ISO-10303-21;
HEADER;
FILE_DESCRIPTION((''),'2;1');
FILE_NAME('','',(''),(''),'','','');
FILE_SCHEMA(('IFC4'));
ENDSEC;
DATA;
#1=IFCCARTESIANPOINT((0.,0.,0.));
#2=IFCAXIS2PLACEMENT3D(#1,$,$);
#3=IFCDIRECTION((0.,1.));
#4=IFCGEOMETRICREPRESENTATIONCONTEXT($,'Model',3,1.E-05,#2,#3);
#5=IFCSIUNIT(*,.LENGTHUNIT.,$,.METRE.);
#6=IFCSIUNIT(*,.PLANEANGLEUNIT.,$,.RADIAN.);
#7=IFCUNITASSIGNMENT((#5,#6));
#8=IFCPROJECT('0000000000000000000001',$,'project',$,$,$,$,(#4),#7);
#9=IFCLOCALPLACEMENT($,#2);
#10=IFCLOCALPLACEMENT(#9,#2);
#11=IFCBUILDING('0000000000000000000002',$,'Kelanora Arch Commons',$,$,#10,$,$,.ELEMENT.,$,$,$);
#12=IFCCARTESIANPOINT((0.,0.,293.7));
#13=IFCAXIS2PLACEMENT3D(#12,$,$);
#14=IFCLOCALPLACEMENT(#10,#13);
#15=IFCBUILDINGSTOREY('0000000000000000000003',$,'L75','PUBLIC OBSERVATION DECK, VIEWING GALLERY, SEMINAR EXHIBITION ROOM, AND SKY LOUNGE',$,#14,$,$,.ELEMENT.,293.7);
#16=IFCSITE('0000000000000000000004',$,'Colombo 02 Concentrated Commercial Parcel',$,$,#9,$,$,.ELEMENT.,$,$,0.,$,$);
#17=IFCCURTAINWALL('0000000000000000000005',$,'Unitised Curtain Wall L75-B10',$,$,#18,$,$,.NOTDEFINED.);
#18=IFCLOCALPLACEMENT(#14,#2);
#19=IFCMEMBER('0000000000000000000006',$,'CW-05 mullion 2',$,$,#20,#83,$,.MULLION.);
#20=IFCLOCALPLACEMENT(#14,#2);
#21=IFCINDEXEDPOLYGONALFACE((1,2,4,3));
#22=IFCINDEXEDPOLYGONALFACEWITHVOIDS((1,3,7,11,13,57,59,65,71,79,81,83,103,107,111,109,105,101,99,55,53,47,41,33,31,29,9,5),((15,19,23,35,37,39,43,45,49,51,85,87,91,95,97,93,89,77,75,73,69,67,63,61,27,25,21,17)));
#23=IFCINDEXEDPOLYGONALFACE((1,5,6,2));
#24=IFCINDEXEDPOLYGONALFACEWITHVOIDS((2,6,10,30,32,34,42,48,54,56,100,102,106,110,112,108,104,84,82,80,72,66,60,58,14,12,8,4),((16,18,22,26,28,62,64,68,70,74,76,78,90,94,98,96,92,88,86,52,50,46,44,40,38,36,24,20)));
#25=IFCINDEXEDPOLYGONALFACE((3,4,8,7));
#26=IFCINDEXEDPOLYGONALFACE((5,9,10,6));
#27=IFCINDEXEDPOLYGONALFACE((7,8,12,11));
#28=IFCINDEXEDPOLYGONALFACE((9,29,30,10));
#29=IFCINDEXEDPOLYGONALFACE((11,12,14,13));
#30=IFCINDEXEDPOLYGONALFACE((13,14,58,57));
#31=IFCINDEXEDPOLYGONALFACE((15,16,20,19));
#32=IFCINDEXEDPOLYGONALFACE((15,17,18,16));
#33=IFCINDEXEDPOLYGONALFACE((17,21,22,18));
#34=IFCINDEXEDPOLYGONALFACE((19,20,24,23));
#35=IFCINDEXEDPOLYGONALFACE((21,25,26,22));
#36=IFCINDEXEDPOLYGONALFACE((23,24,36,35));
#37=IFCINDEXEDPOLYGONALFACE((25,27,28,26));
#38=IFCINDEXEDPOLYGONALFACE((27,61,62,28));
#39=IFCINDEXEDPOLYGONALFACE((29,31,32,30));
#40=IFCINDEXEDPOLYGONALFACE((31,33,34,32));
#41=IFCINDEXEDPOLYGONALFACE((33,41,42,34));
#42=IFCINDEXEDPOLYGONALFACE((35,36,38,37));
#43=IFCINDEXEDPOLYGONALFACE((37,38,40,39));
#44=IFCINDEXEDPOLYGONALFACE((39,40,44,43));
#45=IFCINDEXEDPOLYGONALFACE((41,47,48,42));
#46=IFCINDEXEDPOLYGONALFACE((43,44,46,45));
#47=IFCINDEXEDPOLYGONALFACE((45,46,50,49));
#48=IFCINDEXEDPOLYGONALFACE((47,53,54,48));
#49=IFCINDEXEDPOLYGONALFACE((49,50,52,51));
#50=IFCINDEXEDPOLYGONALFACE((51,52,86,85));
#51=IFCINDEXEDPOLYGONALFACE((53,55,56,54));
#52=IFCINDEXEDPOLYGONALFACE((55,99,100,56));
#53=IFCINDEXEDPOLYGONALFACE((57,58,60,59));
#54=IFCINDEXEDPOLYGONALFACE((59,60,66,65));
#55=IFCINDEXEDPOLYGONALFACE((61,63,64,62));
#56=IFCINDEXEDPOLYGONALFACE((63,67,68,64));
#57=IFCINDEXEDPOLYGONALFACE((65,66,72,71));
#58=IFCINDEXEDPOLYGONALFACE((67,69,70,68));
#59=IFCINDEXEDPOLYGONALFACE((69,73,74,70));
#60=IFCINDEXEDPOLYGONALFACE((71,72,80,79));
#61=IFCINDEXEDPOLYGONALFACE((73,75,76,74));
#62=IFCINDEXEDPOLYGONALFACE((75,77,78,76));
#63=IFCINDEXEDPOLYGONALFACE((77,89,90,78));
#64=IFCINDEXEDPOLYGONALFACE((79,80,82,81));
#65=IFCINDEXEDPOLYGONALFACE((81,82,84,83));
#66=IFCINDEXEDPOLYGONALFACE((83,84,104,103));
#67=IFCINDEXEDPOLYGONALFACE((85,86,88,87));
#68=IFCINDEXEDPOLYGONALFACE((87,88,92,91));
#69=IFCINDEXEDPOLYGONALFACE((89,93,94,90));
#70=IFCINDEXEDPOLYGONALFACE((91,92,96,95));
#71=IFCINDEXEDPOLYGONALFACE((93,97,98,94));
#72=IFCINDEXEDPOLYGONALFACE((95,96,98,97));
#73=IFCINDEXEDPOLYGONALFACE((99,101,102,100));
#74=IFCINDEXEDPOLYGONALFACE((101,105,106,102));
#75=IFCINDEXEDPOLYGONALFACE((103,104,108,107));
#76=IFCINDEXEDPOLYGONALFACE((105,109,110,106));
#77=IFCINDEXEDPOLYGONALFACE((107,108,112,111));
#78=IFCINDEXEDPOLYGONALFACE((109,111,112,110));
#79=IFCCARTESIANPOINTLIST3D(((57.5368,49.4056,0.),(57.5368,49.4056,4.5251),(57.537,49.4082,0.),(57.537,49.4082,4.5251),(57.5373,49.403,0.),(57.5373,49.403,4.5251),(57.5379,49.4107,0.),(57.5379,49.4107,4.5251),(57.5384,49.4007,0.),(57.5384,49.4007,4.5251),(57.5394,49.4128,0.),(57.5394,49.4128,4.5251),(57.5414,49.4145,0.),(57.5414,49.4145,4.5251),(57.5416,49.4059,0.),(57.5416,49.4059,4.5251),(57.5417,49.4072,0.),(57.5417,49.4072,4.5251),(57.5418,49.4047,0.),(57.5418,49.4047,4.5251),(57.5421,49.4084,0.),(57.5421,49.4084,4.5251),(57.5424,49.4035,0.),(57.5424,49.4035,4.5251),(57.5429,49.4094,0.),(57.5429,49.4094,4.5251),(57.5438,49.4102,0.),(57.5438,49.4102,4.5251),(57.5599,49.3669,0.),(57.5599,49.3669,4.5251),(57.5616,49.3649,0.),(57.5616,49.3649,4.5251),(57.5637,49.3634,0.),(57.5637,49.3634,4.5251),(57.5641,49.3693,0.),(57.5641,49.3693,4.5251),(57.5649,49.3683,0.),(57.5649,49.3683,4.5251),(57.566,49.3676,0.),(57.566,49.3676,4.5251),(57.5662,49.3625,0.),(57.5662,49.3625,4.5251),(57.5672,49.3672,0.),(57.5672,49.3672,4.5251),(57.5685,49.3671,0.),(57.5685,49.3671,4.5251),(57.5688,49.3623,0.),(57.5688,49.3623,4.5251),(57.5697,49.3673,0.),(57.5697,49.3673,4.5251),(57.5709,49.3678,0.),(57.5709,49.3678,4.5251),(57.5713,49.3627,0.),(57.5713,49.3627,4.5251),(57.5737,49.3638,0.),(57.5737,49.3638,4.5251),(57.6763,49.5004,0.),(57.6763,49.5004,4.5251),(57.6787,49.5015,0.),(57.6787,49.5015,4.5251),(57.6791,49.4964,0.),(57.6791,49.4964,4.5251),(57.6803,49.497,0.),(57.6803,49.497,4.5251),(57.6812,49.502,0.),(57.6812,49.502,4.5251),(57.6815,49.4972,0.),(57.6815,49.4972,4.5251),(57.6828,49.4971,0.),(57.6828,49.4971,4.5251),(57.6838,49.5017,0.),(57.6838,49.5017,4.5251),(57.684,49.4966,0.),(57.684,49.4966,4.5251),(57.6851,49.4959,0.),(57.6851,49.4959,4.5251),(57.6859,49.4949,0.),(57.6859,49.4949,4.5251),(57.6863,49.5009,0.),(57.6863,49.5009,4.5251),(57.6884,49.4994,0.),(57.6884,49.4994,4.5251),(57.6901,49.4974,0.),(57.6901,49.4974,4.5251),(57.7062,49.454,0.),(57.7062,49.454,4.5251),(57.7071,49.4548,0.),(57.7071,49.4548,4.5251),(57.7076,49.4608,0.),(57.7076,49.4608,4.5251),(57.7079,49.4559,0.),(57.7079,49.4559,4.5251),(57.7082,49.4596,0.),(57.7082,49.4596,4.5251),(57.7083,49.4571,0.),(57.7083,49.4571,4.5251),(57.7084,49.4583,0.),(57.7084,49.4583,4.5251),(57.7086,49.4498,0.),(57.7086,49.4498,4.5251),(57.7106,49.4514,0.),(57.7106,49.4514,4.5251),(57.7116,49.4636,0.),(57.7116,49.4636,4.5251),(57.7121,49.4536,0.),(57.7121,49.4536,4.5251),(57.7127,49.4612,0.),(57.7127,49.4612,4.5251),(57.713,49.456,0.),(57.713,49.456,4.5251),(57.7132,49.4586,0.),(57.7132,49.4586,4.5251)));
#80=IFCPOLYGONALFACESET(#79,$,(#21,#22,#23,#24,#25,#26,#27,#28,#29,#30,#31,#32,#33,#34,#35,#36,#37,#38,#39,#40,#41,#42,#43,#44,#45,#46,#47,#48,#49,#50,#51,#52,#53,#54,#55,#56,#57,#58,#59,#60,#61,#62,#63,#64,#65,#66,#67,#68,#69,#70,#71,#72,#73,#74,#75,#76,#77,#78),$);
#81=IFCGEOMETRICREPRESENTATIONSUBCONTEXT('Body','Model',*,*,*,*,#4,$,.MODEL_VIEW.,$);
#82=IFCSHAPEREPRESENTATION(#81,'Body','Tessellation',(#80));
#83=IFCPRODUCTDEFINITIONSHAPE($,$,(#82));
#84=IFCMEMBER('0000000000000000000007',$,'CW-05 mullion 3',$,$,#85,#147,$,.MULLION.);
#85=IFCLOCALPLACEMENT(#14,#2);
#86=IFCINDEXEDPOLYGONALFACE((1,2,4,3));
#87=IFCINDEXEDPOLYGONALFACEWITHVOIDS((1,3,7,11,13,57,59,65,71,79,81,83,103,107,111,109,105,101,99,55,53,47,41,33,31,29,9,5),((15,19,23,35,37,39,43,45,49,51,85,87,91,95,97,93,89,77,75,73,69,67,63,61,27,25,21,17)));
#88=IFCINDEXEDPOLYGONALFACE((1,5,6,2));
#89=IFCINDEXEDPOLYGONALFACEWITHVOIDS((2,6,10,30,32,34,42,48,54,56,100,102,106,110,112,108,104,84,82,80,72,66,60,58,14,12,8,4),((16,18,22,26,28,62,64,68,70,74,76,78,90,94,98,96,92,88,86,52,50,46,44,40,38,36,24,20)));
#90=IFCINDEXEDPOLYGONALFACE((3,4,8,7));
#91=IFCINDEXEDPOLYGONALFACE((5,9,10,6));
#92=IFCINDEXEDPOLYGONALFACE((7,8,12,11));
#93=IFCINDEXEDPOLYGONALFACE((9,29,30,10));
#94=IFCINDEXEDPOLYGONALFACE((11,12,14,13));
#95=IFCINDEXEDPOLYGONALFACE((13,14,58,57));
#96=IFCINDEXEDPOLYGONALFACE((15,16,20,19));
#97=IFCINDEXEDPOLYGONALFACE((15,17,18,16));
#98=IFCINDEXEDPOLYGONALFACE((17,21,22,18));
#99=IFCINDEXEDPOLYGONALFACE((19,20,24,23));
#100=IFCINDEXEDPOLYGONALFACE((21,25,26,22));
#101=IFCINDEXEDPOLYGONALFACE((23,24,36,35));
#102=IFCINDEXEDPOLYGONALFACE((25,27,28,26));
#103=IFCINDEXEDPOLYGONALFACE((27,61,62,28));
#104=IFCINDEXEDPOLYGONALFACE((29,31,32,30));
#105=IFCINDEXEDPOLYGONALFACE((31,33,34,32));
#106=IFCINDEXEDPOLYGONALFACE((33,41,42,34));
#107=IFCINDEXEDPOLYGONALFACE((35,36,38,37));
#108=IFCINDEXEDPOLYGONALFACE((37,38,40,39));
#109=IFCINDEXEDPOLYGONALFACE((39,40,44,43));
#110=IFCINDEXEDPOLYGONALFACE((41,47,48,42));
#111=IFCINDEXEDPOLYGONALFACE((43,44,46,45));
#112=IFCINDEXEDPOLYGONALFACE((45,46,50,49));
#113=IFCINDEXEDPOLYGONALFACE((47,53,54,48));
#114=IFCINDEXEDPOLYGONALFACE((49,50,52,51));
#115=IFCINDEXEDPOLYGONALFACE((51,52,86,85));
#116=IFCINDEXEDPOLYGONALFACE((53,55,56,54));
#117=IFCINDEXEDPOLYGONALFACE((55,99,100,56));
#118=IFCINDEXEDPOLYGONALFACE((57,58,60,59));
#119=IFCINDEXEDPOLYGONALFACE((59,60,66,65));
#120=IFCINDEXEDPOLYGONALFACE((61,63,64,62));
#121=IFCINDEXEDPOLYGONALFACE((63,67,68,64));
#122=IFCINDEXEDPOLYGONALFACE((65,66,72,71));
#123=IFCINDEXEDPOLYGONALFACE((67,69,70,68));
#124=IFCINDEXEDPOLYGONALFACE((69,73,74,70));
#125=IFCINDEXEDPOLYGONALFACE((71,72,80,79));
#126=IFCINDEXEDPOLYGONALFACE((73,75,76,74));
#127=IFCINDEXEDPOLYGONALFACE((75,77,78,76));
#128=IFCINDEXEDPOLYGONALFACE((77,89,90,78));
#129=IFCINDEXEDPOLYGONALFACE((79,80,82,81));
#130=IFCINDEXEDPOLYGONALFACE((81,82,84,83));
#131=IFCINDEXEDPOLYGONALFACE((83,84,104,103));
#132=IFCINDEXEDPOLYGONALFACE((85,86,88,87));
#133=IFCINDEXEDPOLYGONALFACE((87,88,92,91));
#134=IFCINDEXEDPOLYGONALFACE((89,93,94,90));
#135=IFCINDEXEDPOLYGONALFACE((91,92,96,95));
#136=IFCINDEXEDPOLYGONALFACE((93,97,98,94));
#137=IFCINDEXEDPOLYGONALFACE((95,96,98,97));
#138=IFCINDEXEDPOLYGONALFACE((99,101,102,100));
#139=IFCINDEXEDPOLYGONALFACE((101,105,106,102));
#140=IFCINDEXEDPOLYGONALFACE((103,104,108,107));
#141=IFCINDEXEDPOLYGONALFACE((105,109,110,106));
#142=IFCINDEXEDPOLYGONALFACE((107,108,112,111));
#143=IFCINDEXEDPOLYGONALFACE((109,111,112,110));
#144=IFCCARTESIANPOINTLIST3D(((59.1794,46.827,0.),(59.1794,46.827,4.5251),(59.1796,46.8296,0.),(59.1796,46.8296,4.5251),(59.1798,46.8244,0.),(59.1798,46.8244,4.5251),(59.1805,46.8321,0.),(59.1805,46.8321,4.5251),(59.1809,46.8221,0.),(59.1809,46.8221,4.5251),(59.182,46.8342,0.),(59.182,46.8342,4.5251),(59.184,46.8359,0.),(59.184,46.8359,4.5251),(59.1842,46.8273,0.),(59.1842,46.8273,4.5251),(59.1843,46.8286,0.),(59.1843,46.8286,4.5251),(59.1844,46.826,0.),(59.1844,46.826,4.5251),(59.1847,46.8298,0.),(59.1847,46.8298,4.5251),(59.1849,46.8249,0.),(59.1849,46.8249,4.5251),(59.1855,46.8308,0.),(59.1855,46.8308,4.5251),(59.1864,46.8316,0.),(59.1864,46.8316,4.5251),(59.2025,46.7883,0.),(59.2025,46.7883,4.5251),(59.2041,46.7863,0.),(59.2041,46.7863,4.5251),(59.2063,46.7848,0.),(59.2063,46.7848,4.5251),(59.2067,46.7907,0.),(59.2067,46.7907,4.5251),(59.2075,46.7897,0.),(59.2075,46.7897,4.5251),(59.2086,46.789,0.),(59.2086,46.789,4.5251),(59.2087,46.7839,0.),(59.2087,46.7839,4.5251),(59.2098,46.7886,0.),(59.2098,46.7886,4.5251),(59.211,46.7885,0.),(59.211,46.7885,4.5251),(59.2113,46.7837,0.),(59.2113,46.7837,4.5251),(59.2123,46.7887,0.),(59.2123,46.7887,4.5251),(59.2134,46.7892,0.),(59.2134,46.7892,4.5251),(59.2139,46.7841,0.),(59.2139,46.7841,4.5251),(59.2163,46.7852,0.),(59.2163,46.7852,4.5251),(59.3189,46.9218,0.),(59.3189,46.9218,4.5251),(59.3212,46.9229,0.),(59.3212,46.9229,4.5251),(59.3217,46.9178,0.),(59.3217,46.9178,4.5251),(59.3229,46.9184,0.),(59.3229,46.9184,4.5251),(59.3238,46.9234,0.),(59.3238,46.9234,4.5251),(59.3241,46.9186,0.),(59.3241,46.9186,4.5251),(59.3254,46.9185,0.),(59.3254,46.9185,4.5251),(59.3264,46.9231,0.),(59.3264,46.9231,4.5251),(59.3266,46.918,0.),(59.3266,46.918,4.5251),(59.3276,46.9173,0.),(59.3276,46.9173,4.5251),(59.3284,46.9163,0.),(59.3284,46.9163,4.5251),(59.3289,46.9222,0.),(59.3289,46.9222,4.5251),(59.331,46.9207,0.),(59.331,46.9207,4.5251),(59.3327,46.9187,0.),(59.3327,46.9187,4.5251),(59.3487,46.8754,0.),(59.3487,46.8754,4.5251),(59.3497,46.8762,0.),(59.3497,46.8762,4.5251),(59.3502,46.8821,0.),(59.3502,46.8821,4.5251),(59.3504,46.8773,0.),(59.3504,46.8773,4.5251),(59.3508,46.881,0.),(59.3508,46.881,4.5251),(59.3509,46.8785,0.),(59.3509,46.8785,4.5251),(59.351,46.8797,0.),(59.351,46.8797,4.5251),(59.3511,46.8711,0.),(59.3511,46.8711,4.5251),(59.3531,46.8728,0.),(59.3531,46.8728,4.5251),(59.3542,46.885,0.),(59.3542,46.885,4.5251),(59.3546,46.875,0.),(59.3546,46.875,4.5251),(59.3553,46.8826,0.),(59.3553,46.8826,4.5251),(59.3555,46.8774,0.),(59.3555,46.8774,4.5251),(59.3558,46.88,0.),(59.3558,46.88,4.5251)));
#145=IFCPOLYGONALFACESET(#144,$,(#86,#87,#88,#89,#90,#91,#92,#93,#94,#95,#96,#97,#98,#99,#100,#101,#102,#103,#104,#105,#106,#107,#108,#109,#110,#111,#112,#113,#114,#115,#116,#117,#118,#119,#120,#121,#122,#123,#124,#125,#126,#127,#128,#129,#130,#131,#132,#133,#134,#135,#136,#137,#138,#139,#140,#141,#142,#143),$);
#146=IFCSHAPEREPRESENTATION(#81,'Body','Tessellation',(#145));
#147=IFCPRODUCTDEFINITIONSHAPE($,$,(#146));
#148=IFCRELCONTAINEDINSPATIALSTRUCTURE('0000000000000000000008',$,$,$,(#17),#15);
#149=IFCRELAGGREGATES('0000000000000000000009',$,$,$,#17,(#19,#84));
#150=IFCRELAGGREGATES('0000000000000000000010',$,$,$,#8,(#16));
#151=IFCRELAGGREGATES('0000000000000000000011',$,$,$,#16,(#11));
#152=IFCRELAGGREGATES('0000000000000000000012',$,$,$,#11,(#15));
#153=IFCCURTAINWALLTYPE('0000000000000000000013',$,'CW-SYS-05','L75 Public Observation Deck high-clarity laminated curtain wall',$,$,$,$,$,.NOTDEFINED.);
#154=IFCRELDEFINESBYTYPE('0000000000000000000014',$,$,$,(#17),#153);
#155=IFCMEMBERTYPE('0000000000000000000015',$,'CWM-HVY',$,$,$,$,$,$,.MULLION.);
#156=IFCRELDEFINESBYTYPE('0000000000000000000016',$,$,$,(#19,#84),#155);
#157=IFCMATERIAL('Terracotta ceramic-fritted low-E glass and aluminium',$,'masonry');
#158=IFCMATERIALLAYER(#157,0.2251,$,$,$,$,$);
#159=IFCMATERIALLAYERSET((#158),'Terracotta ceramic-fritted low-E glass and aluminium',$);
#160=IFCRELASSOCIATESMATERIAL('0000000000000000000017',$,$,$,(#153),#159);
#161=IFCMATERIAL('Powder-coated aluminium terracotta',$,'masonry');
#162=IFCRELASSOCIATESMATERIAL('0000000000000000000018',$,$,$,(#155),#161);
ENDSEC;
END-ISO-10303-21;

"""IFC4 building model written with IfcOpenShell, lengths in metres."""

from ifc_helpers import new_model, si_unit, direction, frame, origin, origin_2d, place, context, subcontext, project, spatial, hollow_rectangle, extrude, material, layer, layer_set, material_profile, profile_set, type_object, element, aggregate, save


model = new_model("IFC4")

# Units and contexts
model_context = context("Model", 3, precision=1e-05, world=origin(), true_north=direction((0.0, 1.0)))
body_context = subcontext(model_context, "Body", "Model", "MODEL_VIEW")
ifc_project = project(units=[si_unit("LENGTHUNIT", "METRE"), si_unit("PLANEANGLEUNIT", "RADIAN")], contexts=[model_context])

# Site, building, storey
site_placement = place(None, origin())
site = spatial("IfcSite", under=ifc_project, at=site_placement, Name="Colombo 02 Concentrated Commercial Parcel", CompositionType="ELEMENT", RefElevation=0.0)
building_placement = place(site_placement, origin())
building = spatial("IfcBuilding", under=site, at=building_placement, Name="Kelanora Arch Commons", CompositionType="ELEMENT")
storey_placement = place(building_placement, frame((0.0, 0.0, 293.7)))
storey = spatial("IfcBuildingStorey", under=building, at=storey_placement, Name="L75", Description="PUBLIC OBSERVATION DECK, VIEWING GALLERY, SEMINAR EXHIBITION ROOM, AND SKY LOUNGE", CompositionType="ELEMENT", Elevation=293.7)

# Curtain wall, members
ifc_material_1 = material(Name="Terracotta ceramic-fritted low-E glass and aluminium", Category="masonry")
ifc_layer_1 = layer(ifc_material_1, 0.2251)
ifc_layer_set_1 = layer_set([ifc_layer_1], Name="Terracotta ceramic-fritted low-E glass and aluminium")
curtain_wall_type = type_object("IfcCurtainWallType", Name="CW-SYS-05", Description="L75 Public Observation Deck high-clarity laminated curtain wall", PredefinedType="NOTDEFINED", material=ifc_layer_set_1)
curtain_wall_placement = place(storey_placement, origin())
curtain_wall = element("IfcCurtainWall", 1, at=curtain_wall_placement, inside=storey, type_object=curtain_wall_type, Name="Unitised Curtain Wall L75-B10", PredefinedType="NOTDEFINED")
ifc_material_2 = material(Name="Powder-coated aluminium terracotta", Category="masonry")
ifc_material_profile_1 = material_profile(ifc_material_2, hollow_rectangle(XDim=0.1799, YDim=0.0601, WallThickness=0.0049, InnerFilletRadius=0.0049, OuterFilletRadius=0.01, at=origin_2d()), Name="CWM180x60")
ifc_profile_set_1 = profile_set([ifc_material_profile_1], Name="Powder-coated aluminium terracotta")
member_type_1 = type_object("IfcMemberType", Name="CWM-HVY", PredefinedType="MULLION", material=ifc_profile_set_1)
member_1_placement = place(storey_placement, frame((57.625, 49.4321, 0.0), z_axis=(0.0, 0.0, 1.0), x_axis=(0.843391, 0.5373, 0.0)))
member_1 = element("IfcMember", 2, at=member_1_placement, type_object=member_type_1, Name="CW-05 mullion 2", PredefinedType="MULLION", context=body_context, shape_type="SweptSolid", body=[
    extrude(hollow_rectangle(XDim=0.1799, YDim=0.0601, WallThickness=0.0049, InnerFilletRadius=0.0049, OuterFilletRadius=0.01, at=origin_2d()), origin(), (0.0, 0.0, 1.0), 4.5251),
])
member_2_placement = place(storey_placement, frame((59.2676, 46.8535, 0.0), z_axis=(0.0, 0.0, 1.0), x_axis=(0.843391, 0.5373, 0.0)))
member_2 = element("IfcMember", 3, at=member_2_placement, type_object=member_type_1, Name="CW-05 mullion 3", PredefinedType="MULLION", context=body_context, shape_type="SweptSolid", body=[
    extrude(hollow_rectangle(XDim=0.1799, YDim=0.0601, WallThickness=0.0049, InnerFilletRadius=0.0049, OuterFilletRadius=0.01, at=origin_2d()), origin(), (0.0, 0.0, 1.0), 4.5251),
])
aggregate(curtain_wall, [member_1, member_2])

save(model, "model.ifc")
